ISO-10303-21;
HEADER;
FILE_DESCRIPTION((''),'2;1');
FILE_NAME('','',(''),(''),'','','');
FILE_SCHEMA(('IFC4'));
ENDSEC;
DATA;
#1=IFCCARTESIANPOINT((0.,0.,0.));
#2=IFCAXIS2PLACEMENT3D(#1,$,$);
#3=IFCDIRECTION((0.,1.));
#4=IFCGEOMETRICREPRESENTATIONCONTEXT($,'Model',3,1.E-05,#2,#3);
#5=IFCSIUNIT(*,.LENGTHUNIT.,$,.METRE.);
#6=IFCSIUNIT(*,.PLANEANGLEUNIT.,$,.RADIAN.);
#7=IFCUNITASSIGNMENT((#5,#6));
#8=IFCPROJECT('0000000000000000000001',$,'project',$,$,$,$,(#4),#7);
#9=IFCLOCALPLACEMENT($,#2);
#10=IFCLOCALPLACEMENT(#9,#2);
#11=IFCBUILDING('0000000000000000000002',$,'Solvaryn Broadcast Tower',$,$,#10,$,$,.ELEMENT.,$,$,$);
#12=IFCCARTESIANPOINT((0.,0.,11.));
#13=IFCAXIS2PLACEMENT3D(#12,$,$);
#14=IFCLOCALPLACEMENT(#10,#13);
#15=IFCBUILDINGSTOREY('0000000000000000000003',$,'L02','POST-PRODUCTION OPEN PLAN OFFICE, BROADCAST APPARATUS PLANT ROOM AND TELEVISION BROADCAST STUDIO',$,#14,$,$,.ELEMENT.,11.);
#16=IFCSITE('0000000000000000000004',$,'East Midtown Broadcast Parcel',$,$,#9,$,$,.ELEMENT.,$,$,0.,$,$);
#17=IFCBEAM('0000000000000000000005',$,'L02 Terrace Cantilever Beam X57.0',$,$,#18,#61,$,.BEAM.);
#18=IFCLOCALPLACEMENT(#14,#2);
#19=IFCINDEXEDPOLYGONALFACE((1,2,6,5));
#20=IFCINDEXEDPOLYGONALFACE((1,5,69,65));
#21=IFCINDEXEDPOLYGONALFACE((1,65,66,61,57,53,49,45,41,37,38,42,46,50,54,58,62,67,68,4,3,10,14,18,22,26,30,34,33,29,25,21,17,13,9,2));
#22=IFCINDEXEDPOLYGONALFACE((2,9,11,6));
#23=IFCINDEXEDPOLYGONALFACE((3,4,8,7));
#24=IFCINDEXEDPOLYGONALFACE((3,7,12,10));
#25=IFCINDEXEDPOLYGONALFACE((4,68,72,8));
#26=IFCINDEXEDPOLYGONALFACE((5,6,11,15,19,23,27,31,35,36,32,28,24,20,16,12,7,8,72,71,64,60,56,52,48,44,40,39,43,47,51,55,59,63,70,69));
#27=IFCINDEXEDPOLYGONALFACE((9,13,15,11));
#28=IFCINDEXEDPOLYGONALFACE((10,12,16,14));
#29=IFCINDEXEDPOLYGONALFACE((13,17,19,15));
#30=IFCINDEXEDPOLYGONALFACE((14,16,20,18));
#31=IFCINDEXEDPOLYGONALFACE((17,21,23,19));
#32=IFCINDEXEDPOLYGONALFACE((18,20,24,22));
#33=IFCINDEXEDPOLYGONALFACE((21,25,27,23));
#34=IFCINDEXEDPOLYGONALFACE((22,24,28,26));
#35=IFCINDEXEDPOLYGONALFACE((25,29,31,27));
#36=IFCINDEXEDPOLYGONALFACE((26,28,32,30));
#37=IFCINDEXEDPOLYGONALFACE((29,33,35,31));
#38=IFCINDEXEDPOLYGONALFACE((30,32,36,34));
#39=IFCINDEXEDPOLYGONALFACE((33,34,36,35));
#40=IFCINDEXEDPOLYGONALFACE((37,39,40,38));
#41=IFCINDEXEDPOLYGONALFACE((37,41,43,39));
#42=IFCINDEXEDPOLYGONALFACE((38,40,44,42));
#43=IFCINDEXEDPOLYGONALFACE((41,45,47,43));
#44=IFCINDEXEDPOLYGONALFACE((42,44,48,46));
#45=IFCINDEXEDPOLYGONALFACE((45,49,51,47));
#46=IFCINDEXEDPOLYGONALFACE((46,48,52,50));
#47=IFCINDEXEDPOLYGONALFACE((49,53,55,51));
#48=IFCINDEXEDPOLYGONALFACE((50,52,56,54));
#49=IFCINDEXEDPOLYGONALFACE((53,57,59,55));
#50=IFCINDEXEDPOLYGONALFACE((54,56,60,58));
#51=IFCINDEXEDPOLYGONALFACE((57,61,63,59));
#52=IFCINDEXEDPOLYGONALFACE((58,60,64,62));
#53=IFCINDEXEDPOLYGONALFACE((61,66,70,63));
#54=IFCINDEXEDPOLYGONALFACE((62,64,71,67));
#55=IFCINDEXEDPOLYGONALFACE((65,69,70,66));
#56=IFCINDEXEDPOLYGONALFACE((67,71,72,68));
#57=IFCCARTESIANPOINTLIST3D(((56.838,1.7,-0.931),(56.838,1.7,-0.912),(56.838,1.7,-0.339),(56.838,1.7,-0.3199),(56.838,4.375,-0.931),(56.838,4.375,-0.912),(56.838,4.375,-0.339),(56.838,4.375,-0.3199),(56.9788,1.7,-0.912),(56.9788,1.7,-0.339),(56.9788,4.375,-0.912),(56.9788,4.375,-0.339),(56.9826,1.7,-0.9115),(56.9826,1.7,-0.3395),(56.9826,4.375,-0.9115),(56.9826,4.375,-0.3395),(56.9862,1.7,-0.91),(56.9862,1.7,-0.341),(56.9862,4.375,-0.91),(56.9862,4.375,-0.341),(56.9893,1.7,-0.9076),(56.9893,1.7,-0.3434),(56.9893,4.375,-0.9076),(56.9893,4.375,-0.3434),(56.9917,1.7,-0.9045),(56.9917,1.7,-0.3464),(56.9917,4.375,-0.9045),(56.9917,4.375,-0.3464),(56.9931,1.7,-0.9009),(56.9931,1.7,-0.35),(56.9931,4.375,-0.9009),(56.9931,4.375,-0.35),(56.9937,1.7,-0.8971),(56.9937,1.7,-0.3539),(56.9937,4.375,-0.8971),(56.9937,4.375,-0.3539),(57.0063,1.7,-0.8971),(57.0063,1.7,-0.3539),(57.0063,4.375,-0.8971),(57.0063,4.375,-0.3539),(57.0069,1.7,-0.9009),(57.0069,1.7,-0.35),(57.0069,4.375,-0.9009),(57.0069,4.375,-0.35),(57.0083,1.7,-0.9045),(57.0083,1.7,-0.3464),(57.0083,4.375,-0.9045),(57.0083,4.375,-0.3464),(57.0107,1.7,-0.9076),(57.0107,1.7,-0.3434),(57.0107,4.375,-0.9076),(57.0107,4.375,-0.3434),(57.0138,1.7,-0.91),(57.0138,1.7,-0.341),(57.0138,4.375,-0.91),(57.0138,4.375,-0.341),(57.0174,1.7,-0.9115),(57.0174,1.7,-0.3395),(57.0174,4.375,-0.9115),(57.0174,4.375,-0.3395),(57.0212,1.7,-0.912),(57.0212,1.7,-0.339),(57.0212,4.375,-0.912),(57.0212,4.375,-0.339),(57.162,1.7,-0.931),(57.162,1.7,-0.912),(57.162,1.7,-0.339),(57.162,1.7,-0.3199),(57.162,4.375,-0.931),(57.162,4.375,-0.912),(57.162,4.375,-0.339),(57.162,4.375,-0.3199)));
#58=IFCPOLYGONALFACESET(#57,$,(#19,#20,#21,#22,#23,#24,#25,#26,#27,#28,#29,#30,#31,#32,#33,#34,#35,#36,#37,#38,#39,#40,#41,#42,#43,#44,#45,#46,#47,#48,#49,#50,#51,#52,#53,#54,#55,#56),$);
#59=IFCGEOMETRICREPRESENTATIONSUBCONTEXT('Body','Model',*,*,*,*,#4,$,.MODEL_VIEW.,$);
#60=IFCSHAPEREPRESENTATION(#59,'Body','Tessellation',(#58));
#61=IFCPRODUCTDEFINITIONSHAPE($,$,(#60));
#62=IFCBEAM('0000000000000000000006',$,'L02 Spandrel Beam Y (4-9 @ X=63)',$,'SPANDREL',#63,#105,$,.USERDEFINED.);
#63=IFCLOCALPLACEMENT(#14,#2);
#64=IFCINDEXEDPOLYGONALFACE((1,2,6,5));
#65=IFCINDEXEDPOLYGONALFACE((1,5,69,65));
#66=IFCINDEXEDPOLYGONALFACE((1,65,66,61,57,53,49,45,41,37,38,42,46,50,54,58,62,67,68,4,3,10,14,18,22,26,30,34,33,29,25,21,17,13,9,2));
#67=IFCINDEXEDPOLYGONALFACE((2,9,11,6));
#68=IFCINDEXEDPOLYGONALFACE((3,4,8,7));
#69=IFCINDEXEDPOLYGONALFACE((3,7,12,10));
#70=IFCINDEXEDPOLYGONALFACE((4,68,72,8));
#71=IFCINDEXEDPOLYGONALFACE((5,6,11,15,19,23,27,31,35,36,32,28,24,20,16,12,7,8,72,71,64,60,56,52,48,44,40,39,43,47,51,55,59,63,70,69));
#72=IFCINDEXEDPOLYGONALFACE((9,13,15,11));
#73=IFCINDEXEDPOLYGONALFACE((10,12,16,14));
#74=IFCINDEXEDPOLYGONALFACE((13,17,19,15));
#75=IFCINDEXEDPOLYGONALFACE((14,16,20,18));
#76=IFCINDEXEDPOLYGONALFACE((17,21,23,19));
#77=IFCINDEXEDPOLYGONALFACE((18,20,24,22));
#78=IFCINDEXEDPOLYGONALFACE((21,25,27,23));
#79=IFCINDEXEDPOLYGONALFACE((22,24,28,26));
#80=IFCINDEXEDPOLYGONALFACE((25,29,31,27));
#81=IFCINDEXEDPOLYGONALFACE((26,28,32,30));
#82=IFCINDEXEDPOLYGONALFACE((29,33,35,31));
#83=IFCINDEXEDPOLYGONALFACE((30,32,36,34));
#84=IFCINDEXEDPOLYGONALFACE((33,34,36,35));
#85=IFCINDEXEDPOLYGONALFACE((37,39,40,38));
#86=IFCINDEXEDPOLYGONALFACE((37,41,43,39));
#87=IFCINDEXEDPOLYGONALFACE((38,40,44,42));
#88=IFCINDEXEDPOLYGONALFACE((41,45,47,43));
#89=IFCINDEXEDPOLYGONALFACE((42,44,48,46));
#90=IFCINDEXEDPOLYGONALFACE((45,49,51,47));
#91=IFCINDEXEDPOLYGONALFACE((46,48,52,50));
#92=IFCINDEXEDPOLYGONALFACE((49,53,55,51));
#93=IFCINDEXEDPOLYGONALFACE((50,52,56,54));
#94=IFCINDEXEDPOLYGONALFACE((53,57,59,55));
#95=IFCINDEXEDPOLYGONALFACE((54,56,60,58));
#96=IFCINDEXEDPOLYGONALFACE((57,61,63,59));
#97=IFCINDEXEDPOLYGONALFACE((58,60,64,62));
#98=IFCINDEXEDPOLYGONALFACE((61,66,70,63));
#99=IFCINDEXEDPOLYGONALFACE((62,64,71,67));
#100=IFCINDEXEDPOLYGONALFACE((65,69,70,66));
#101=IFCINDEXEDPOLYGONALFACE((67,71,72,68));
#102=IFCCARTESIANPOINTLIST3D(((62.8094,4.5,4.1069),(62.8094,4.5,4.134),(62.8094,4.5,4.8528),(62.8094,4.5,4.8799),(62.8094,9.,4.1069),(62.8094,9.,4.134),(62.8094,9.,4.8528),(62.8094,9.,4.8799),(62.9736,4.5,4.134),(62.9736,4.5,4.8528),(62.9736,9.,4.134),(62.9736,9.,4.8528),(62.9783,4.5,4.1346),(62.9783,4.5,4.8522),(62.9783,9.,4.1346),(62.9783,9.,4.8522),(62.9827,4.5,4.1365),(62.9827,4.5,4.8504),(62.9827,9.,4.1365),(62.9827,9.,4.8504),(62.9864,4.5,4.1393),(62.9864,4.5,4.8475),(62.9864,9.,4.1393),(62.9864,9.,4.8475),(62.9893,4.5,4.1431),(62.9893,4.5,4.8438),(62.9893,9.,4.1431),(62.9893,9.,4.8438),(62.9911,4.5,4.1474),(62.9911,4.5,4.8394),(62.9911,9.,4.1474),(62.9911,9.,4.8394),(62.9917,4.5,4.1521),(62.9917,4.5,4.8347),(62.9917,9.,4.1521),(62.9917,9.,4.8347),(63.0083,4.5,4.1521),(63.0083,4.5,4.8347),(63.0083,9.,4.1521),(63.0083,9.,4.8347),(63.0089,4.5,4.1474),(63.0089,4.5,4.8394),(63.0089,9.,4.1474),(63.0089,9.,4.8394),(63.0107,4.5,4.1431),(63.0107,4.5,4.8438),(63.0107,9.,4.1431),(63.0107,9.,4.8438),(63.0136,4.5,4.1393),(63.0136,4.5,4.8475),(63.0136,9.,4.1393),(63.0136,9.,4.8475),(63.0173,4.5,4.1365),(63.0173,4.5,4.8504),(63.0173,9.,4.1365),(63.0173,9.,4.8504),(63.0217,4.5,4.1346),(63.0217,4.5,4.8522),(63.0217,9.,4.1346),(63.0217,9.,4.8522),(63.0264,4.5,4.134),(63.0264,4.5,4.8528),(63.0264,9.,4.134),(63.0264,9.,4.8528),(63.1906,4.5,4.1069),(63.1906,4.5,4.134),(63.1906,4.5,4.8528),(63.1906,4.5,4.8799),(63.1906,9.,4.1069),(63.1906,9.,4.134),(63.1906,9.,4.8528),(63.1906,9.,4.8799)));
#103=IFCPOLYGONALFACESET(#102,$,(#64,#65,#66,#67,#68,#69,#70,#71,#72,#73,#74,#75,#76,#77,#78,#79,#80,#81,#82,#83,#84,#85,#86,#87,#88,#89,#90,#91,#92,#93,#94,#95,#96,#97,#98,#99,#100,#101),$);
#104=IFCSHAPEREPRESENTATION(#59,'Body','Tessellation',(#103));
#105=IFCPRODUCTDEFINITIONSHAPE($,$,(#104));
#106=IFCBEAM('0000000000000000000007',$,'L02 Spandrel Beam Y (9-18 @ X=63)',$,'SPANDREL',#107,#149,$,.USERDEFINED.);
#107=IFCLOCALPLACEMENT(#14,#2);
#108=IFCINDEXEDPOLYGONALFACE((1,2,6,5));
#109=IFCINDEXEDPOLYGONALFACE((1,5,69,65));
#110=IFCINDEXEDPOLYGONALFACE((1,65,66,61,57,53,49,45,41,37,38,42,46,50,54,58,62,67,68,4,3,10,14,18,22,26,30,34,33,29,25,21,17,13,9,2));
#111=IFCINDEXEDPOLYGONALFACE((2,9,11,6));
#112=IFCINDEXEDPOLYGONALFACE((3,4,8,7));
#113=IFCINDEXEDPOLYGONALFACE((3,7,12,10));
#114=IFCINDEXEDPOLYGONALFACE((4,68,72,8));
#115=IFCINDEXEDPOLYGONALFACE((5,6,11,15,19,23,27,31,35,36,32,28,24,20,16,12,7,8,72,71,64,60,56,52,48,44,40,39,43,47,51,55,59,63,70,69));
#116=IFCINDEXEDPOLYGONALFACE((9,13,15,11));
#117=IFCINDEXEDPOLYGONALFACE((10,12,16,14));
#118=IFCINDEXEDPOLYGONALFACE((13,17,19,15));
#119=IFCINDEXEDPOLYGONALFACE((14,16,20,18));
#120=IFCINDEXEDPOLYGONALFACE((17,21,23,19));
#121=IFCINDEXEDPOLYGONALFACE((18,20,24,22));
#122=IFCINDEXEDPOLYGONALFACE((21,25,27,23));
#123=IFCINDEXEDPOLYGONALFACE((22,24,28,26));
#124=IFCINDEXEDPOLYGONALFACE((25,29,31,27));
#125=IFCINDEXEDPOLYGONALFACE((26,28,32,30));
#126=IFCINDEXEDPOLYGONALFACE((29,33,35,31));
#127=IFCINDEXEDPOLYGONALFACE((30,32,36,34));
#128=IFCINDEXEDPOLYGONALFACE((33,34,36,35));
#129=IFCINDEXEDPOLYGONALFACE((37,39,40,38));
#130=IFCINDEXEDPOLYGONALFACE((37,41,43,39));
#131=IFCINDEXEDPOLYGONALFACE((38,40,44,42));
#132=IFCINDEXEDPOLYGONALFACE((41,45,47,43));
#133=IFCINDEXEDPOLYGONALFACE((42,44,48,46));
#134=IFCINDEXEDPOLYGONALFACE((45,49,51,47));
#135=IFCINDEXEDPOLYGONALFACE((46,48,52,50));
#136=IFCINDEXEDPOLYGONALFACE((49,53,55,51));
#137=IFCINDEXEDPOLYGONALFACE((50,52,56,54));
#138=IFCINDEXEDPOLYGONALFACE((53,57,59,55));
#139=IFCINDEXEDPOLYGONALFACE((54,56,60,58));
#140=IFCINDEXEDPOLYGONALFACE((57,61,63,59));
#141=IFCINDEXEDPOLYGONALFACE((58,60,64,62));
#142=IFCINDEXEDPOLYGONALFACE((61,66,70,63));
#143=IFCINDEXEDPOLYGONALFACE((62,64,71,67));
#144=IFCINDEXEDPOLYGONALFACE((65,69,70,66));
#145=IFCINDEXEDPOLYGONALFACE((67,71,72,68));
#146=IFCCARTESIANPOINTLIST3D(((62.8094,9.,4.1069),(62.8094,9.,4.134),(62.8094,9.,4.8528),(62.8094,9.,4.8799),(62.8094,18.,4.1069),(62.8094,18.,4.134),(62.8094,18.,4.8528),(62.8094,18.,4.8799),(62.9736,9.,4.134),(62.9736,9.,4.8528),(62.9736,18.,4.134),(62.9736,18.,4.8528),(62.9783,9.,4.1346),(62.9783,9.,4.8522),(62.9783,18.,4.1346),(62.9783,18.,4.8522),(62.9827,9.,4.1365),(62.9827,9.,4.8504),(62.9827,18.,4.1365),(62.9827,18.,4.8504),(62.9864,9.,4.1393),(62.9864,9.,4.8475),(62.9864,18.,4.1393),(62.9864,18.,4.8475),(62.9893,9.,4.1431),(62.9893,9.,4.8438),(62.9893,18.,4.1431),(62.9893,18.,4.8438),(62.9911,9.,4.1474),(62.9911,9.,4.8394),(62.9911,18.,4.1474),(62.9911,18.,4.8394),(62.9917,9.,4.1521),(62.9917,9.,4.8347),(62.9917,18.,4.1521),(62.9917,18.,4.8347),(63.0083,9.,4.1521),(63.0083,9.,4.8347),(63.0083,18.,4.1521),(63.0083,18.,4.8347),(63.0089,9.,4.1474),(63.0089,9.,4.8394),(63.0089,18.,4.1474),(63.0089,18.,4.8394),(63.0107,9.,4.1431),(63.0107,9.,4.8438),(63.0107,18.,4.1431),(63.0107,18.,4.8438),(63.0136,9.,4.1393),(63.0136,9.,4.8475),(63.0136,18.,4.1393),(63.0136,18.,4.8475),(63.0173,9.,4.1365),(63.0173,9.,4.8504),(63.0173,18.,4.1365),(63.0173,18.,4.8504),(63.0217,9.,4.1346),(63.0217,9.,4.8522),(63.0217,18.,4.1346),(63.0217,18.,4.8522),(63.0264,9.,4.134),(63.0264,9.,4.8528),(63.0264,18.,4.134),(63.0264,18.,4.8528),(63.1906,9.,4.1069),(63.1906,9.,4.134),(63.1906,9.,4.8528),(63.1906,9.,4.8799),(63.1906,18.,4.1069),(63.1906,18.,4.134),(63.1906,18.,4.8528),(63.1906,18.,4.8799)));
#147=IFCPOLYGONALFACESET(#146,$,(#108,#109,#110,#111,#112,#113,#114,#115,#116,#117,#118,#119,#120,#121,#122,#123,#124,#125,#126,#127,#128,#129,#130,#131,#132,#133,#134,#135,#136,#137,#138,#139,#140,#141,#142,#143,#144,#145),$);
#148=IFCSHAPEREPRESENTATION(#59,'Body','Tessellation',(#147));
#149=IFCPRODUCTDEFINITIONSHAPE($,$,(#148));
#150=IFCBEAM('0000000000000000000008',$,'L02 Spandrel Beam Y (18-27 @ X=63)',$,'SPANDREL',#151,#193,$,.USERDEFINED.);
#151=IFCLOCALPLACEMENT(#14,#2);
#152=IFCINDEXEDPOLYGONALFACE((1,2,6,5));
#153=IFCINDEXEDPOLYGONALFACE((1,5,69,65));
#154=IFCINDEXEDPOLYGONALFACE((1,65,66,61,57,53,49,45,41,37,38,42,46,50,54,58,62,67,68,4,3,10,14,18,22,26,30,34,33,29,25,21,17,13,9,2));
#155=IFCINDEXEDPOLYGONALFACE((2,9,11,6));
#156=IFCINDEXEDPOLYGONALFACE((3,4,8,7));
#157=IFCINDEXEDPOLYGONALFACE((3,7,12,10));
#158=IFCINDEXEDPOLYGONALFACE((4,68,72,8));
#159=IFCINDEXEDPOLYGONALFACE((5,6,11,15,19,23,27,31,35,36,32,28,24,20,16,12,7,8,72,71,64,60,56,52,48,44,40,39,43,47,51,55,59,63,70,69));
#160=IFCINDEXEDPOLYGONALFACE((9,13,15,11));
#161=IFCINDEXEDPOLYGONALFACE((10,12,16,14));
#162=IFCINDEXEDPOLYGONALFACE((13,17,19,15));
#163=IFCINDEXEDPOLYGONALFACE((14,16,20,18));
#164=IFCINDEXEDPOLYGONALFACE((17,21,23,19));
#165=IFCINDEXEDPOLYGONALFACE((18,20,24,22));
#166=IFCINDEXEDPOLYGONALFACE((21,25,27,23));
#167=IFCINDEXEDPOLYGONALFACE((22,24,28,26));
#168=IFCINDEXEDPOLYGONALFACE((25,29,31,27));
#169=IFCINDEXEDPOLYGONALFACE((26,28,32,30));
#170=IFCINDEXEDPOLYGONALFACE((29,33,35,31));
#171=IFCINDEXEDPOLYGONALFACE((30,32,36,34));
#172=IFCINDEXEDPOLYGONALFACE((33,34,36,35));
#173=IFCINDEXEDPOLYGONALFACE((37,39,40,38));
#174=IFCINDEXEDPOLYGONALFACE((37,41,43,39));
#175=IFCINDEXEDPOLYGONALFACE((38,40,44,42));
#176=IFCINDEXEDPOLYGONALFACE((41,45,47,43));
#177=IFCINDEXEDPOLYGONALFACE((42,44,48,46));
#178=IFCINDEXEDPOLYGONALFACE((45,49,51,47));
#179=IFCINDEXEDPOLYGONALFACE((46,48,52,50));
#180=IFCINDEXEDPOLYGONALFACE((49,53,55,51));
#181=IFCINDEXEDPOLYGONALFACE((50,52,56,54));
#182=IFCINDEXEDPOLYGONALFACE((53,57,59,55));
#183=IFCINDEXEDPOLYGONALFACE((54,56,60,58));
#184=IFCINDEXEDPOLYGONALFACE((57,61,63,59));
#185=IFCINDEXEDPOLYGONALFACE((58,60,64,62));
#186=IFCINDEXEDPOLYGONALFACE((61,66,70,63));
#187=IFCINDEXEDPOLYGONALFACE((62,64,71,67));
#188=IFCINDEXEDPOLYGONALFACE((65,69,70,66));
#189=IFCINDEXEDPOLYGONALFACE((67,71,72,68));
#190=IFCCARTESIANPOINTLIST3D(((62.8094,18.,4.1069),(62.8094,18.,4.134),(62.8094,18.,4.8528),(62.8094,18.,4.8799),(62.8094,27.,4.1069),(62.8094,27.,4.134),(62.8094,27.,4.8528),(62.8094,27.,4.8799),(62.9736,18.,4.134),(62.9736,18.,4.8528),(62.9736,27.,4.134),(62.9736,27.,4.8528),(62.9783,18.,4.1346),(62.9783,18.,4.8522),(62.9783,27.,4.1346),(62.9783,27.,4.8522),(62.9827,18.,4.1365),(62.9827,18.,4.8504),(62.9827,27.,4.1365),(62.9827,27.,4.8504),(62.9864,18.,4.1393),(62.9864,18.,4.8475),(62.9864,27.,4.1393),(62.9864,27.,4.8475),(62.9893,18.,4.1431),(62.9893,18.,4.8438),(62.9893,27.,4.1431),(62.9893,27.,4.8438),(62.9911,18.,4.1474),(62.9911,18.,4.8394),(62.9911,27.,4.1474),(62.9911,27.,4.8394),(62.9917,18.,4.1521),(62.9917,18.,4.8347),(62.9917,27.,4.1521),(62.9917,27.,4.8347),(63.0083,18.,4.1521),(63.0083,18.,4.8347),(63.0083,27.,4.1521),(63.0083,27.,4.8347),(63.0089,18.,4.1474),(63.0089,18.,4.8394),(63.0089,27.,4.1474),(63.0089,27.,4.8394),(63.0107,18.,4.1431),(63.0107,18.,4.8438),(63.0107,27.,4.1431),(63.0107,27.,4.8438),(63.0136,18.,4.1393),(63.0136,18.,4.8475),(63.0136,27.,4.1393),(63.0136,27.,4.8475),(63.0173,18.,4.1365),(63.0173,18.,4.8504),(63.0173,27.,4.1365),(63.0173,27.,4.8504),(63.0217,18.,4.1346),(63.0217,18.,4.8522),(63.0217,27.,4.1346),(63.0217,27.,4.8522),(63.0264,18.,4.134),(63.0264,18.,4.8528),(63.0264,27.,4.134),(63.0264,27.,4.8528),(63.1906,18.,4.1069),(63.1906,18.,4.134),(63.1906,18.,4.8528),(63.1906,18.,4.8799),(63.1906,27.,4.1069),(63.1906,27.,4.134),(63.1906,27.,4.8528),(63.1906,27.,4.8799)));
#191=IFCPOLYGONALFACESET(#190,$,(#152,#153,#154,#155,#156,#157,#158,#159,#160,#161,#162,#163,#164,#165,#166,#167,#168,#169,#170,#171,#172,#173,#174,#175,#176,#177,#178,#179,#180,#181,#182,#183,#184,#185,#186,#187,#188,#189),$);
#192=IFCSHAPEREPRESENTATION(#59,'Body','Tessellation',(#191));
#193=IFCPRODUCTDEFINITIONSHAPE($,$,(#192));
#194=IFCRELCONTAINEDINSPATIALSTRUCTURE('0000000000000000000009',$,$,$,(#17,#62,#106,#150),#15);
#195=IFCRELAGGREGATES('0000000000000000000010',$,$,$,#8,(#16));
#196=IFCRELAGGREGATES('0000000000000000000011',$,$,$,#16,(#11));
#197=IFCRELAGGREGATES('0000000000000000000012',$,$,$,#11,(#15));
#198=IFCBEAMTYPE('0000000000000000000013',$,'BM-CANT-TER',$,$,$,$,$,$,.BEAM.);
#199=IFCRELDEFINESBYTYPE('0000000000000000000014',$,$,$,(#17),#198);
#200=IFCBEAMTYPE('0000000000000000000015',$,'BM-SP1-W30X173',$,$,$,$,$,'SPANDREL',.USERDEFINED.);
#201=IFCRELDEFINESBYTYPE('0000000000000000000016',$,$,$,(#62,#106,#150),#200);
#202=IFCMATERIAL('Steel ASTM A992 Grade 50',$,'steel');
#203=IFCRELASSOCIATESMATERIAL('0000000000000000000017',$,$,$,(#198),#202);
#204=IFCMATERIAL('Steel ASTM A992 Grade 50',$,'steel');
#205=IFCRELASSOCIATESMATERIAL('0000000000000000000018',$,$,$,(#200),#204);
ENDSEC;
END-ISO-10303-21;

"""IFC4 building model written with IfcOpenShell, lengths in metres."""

from ifc_helpers import new_model, si_unit, direction, frame, origin, origin_2d, place, context, subcontext, project, spatial, i_section, extrude, material, material_profile, profile_set, type_object, element, save


model = new_model("IFC4")

# Units and contexts
model_context = context("Model", 3, precision=1e-05, world=origin(), true_north=direction((0.0, 1.0)))
body_context = subcontext(model_context, "Body", "Model", "MODEL_VIEW")
ifc_project = project(units=[si_unit("LENGTHUNIT", "METRE"), si_unit("PLANEANGLEUNIT", "RADIAN")], contexts=[model_context])

# Site, building, storey
site_placement = place(None, origin())
site = spatial("IfcSite", under=ifc_project, at=site_placement, Name="East Midtown Broadcast Parcel", CompositionType="ELEMENT", RefElevation=0.0)
building_placement = place(site_placement, origin())
building = spatial("IfcBuilding", under=site, at=building_placement, Name="Solvaryn Broadcast Tower", CompositionType="ELEMENT")
storey_placement = place(building_placement, frame((0.0, 0.0, 11.0)))
storey = spatial("IfcBuildingStorey", under=building, at=storey_placement, Name="L02", Description="POST-PRODUCTION OPEN PLAN OFFICE, BROADCAST APPARATUS PLANT ROOM AND TELEVISION BROADCAST STUDIO", CompositionType="ELEMENT", Elevation=11.0)

# Beams
ifc_material_1 = material(Name="Steel ASTM A992 Grade 50", Category="steel")
ifc_material_profile_1 = material_profile(ifc_material_1, i_section(OverallWidth=0.324, OverallDepth=0.6111, WebThickness=0.0127, FlangeThickness=0.019, FilletRadius=0.0149, at=origin_2d()))
ifc_profile_set_1 = profile_set([ifc_material_profile_1], Name="Steel ASTM A992 Grade 50")
beam_type_1 = type_object("IfcBeamType", Name="BM-CANT-TER", PredefinedType="BEAM", material=ifc_profile_set_1)
beam_1_placement = place(storey_placement, frame((57.0, 4.375, -0.6255), z_axis=(0.0, -1.0, 0.0), x_axis=(1.0, 0.0, 0.0)))
element("IfcBeam", 1, at=beam_1_placement, inside=storey, type_object=beam_type_1, Name="L02 Terrace Cantilever Beam X57.0", PredefinedType="BEAM", context=body_context, shape_type="SweptSolid", body=[
    extrude(i_section(OverallWidth=0.324, OverallDepth=0.6111, WebThickness=0.0127, FlangeThickness=0.019, FilletRadius=0.0149, at=origin_2d()), origin(), (0.0, 0.0, 1.0), 2.675),
])
ifc_material_2 = material(Name="Steel ASTM A992 Grade 50", Category="steel")
ifc_material_profile_2 = material_profile(ifc_material_2, i_section(OverallWidth=0.3811, OverallDepth=0.7729, WebThickness=0.0166, FlangeThickness=0.0271, FilletRadius=0.0181, at=origin_2d()))
ifc_profile_set_2 = profile_set([ifc_material_profile_2], Name="Steel ASTM A992 Grade 50")
beam_type_2 = type_object("IfcBeamType", Name="BM-SP1-W30X173", ElementType="SPANDREL", PredefinedType="USERDEFINED", material=ifc_profile_set_2)
beam_2_placement = place(storey_placement, frame((63.0, 4.5, 4.4934), z_axis=(0.0, 1.0, 0.0), x_axis=(-1.0, 0.0, 0.0)))
element("IfcBeam", 2, at=beam_2_placement, inside=storey, type_object=beam_type_2, Name="L02 Spandrel Beam Y (4-9 @ X=63)", ObjectType="SPANDREL", PredefinedType="USERDEFINED", context=body_context, shape_type="SweptSolid", body=[
    extrude(i_section(OverallWidth=0.3811, OverallDepth=0.7729, WebThickness=0.0166, FlangeThickness=0.0271, FilletRadius=0.0181, at=origin_2d()), origin(), (0.0, 0.0, 1.0), 4.5),
])
for number, where, z_axis, x_axis, name in (
    (3, (63.0, 9.0, 4.4934), (0.0, 1.0, 0.0), (-1.0, 0.0, 0.0), "L02 Spandrel Beam Y (9-18 @ X=63)"),
    (4, (63.0, 18.0, 4.4934), (0.0, 1.0, 0.0), (-1.0, 0.0, 0.0), "L02 Spandrel Beam Y (18-27 @ X=63)"),
):
    element("IfcBeam", number, at=place(storey_placement, frame(where, z_axis=z_axis, x_axis=x_axis)), inside=storey, type_object=beam_type_2, Name=name, ObjectType="SPANDREL", PredefinedType="USERDEFINED", context=body_context, shape_type="SweptSolid", body=[
        extrude(i_section(OverallWidth=0.3811, OverallDepth=0.7729, WebThickness=0.0166, FlangeThickness=0.0271, FilletRadius=0.0181, at=origin_2d()), origin(), (0.0, 0.0, 1.0), 9.0),
    ])

save(model, "model.ifc")
